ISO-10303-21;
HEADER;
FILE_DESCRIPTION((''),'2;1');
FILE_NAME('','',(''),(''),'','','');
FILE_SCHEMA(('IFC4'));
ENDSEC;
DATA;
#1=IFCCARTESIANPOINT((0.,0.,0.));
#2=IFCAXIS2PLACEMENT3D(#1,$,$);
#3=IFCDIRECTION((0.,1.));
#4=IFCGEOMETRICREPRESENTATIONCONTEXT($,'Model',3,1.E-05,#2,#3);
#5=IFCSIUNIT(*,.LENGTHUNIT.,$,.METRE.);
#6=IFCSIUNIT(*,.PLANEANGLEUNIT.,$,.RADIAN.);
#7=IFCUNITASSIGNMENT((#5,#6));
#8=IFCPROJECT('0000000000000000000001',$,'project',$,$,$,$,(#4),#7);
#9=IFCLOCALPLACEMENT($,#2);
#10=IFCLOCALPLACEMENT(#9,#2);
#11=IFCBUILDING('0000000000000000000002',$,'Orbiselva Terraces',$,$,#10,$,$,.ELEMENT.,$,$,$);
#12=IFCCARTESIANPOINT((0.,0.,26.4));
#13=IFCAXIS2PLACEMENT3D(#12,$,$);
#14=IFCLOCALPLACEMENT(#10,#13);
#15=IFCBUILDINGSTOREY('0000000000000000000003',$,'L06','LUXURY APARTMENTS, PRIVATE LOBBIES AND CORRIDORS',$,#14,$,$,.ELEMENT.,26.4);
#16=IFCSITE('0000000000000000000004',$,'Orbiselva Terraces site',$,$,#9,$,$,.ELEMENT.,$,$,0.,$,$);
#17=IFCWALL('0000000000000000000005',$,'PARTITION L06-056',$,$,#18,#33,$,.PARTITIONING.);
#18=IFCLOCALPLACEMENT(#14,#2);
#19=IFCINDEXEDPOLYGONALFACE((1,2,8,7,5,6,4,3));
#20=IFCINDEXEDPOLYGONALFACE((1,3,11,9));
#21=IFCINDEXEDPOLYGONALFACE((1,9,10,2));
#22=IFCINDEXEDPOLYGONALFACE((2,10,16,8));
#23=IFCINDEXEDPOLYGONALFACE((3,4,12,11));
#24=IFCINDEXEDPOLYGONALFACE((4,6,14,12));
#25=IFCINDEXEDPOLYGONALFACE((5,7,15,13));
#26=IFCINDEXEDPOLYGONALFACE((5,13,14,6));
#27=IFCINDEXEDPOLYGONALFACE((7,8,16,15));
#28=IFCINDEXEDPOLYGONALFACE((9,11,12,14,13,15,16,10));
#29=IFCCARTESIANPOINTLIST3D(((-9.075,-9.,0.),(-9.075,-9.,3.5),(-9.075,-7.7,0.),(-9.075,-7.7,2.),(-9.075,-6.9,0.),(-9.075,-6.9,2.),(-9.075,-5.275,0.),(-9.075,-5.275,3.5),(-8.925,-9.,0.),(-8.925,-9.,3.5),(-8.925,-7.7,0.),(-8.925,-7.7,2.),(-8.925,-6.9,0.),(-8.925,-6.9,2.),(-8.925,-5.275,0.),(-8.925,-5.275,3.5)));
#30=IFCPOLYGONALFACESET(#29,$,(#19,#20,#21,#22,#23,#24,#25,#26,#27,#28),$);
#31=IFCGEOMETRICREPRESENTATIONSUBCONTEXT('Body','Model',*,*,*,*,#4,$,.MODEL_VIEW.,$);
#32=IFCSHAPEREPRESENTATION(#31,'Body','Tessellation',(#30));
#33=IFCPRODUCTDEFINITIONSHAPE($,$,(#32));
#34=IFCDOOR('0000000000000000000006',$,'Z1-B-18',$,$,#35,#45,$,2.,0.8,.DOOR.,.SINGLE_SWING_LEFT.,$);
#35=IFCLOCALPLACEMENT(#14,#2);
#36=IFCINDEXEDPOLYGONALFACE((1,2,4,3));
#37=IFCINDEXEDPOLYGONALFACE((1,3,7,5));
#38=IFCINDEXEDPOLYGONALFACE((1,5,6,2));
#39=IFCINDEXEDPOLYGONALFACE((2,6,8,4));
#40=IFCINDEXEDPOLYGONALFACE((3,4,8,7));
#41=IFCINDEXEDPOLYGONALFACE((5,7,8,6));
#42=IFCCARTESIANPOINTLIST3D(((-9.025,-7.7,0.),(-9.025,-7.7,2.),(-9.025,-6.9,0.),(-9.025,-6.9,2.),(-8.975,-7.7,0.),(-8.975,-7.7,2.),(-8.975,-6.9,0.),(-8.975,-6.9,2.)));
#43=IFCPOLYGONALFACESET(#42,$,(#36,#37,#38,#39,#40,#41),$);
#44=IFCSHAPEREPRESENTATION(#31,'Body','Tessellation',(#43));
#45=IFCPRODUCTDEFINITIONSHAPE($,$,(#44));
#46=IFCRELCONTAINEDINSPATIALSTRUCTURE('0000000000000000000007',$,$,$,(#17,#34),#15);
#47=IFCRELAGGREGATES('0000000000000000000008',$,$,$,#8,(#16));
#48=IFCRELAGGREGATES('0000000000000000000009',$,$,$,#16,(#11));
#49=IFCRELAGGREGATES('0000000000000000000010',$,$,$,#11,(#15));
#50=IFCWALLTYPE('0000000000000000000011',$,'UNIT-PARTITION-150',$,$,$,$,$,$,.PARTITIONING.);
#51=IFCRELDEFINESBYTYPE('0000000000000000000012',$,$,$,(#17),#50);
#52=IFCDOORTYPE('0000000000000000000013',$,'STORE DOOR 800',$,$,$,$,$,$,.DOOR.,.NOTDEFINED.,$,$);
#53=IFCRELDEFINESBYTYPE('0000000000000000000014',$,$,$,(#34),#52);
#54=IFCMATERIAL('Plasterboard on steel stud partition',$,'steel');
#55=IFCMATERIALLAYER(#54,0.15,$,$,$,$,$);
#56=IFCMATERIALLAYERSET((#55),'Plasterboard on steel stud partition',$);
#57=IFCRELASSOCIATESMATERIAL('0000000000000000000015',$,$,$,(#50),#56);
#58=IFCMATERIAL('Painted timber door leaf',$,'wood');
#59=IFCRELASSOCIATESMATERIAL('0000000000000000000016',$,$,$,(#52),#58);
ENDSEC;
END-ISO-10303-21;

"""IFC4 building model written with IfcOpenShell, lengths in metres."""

from ifc_helpers import new_model, si_unit, direction, frame, frame_2d, origin, place, context, subcontext, project, spatial, rectangle, extrude, material, layer, layer_set, type_object, element, fill, save


model = new_model("IFC4")

# Units and contexts
model_context = context("Model", 3, precision=1e-05, world=origin(), true_north=direction((0.0, 1.0)))
body_context = subcontext(model_context, "Body", "Model", "MODEL_VIEW")
ifc_project = project(units=[si_unit("LENGTHUNIT", "METRE"), si_unit("PLANEANGLEUNIT", "RADIAN")], contexts=[model_context])

# Site, building, storey
site_placement = place(None, origin())
site = spatial("IfcSite", under=ifc_project, at=site_placement, Name="Orbiselva Terraces site", CompositionType="ELEMENT", RefElevation=0.0)
building_placement = place(site_placement, origin())
building = spatial("IfcBuilding", under=site, at=building_placement, Name="Orbiselva Terraces", CompositionType="ELEMENT")
storey_placement = place(building_placement, frame((0.0, 0.0, 26.4)))
storey = spatial("IfcBuildingStorey", under=building, at=storey_placement, Name="L06", Description="LUXURY APARTMENTS, PRIVATE LOBBIES AND CORRIDORS", CompositionType="ELEMENT", Elevation=26.4)

# Shared definitions
ifc_material_1 = material(Name="Plasterboard on steel stud partition", Category="steel")
ifc_material_2 = material(Name="Painted timber door leaf", Category="wood")

# Shared definitions
ifc_layer_1 = layer(ifc_material_1, 0.15)
ifc_layer_set_1 = layer_set([ifc_layer_1], Name="Plasterboard on steel stud partition")
wall_type_1 = type_object("IfcWallType", Name="UNIT-PARTITION-150", PredefinedType="PARTITIONING", material=ifc_layer_set_1)

# Shared definitions
door_type_1 = type_object("IfcDoorType", Name="STORE DOOR 800", OperationType="NOTDEFINED", PredefinedType="DOOR", material=ifc_material_2)

# Wall, opening, door
wall_1_placement = place(storey_placement, frame((-9.0, -9.0, 0.0), z_axis=(0.0, 0.0, 1.0), x_axis=(0.0, 1.0, 0.0)))
wall_1 = element("IfcWall", 1, at=wall_1_placement, inside=storey, type_object=wall_type_1, Name="PARTITION L06-056", PredefinedType="PARTITIONING", context=body_context, shape_type="SweptSolid", body=[
    extrude(rectangle(XDim=3.725, YDim=0.15, at=frame_2d((1.8625, 0.0))), origin(), (0.0, 0.0, 1.0), 3.5),
])
opening_1_placement = place(wall_1_placement, frame((1.3, 0.0, 0.0)))
opening_1 = element("IfcOpeningElement", 2, at=opening_1_placement, cuts=wall_1, PredefinedType="OPENING", context=body_context, shape_type="SweptSolid", body=[
    extrude(rectangle(XDim=0.8, YDim=2.0, at=frame_2d((0.4, 1.0))), frame((0.0, 0.085, 0.0), z_axis=(0.0, -1.0, 0.0), x_axis=(1.0, 0.0, 0.0)), (0.0, 0.0, 1.0), 0.17),
])
door_1_placement = place(opening_1_placement, origin())
door_1 = element("IfcDoor", 3, at=door_1_placement, inside=storey, type_object=door_type_1, Name="Z1-B-18", OperationType="SINGLE_SWING_LEFT", OverallHeight=2.0, OverallWidth=0.8, PredefinedType="DOOR", context=body_context, shape_type="SweptSolid", body=[
    extrude(rectangle(XDim=0.8, YDim=2.0, at=frame_2d((0.4, 1.0))), frame((0.0, 0.025, 0.0), z_axis=(0.0, -1.0, 0.0), x_axis=(1.0, 0.0, 0.0)), (0.0, 0.0, 1.0), 0.05),
])
fill(opening_1, door_1)

save(model, "model.ifc")
